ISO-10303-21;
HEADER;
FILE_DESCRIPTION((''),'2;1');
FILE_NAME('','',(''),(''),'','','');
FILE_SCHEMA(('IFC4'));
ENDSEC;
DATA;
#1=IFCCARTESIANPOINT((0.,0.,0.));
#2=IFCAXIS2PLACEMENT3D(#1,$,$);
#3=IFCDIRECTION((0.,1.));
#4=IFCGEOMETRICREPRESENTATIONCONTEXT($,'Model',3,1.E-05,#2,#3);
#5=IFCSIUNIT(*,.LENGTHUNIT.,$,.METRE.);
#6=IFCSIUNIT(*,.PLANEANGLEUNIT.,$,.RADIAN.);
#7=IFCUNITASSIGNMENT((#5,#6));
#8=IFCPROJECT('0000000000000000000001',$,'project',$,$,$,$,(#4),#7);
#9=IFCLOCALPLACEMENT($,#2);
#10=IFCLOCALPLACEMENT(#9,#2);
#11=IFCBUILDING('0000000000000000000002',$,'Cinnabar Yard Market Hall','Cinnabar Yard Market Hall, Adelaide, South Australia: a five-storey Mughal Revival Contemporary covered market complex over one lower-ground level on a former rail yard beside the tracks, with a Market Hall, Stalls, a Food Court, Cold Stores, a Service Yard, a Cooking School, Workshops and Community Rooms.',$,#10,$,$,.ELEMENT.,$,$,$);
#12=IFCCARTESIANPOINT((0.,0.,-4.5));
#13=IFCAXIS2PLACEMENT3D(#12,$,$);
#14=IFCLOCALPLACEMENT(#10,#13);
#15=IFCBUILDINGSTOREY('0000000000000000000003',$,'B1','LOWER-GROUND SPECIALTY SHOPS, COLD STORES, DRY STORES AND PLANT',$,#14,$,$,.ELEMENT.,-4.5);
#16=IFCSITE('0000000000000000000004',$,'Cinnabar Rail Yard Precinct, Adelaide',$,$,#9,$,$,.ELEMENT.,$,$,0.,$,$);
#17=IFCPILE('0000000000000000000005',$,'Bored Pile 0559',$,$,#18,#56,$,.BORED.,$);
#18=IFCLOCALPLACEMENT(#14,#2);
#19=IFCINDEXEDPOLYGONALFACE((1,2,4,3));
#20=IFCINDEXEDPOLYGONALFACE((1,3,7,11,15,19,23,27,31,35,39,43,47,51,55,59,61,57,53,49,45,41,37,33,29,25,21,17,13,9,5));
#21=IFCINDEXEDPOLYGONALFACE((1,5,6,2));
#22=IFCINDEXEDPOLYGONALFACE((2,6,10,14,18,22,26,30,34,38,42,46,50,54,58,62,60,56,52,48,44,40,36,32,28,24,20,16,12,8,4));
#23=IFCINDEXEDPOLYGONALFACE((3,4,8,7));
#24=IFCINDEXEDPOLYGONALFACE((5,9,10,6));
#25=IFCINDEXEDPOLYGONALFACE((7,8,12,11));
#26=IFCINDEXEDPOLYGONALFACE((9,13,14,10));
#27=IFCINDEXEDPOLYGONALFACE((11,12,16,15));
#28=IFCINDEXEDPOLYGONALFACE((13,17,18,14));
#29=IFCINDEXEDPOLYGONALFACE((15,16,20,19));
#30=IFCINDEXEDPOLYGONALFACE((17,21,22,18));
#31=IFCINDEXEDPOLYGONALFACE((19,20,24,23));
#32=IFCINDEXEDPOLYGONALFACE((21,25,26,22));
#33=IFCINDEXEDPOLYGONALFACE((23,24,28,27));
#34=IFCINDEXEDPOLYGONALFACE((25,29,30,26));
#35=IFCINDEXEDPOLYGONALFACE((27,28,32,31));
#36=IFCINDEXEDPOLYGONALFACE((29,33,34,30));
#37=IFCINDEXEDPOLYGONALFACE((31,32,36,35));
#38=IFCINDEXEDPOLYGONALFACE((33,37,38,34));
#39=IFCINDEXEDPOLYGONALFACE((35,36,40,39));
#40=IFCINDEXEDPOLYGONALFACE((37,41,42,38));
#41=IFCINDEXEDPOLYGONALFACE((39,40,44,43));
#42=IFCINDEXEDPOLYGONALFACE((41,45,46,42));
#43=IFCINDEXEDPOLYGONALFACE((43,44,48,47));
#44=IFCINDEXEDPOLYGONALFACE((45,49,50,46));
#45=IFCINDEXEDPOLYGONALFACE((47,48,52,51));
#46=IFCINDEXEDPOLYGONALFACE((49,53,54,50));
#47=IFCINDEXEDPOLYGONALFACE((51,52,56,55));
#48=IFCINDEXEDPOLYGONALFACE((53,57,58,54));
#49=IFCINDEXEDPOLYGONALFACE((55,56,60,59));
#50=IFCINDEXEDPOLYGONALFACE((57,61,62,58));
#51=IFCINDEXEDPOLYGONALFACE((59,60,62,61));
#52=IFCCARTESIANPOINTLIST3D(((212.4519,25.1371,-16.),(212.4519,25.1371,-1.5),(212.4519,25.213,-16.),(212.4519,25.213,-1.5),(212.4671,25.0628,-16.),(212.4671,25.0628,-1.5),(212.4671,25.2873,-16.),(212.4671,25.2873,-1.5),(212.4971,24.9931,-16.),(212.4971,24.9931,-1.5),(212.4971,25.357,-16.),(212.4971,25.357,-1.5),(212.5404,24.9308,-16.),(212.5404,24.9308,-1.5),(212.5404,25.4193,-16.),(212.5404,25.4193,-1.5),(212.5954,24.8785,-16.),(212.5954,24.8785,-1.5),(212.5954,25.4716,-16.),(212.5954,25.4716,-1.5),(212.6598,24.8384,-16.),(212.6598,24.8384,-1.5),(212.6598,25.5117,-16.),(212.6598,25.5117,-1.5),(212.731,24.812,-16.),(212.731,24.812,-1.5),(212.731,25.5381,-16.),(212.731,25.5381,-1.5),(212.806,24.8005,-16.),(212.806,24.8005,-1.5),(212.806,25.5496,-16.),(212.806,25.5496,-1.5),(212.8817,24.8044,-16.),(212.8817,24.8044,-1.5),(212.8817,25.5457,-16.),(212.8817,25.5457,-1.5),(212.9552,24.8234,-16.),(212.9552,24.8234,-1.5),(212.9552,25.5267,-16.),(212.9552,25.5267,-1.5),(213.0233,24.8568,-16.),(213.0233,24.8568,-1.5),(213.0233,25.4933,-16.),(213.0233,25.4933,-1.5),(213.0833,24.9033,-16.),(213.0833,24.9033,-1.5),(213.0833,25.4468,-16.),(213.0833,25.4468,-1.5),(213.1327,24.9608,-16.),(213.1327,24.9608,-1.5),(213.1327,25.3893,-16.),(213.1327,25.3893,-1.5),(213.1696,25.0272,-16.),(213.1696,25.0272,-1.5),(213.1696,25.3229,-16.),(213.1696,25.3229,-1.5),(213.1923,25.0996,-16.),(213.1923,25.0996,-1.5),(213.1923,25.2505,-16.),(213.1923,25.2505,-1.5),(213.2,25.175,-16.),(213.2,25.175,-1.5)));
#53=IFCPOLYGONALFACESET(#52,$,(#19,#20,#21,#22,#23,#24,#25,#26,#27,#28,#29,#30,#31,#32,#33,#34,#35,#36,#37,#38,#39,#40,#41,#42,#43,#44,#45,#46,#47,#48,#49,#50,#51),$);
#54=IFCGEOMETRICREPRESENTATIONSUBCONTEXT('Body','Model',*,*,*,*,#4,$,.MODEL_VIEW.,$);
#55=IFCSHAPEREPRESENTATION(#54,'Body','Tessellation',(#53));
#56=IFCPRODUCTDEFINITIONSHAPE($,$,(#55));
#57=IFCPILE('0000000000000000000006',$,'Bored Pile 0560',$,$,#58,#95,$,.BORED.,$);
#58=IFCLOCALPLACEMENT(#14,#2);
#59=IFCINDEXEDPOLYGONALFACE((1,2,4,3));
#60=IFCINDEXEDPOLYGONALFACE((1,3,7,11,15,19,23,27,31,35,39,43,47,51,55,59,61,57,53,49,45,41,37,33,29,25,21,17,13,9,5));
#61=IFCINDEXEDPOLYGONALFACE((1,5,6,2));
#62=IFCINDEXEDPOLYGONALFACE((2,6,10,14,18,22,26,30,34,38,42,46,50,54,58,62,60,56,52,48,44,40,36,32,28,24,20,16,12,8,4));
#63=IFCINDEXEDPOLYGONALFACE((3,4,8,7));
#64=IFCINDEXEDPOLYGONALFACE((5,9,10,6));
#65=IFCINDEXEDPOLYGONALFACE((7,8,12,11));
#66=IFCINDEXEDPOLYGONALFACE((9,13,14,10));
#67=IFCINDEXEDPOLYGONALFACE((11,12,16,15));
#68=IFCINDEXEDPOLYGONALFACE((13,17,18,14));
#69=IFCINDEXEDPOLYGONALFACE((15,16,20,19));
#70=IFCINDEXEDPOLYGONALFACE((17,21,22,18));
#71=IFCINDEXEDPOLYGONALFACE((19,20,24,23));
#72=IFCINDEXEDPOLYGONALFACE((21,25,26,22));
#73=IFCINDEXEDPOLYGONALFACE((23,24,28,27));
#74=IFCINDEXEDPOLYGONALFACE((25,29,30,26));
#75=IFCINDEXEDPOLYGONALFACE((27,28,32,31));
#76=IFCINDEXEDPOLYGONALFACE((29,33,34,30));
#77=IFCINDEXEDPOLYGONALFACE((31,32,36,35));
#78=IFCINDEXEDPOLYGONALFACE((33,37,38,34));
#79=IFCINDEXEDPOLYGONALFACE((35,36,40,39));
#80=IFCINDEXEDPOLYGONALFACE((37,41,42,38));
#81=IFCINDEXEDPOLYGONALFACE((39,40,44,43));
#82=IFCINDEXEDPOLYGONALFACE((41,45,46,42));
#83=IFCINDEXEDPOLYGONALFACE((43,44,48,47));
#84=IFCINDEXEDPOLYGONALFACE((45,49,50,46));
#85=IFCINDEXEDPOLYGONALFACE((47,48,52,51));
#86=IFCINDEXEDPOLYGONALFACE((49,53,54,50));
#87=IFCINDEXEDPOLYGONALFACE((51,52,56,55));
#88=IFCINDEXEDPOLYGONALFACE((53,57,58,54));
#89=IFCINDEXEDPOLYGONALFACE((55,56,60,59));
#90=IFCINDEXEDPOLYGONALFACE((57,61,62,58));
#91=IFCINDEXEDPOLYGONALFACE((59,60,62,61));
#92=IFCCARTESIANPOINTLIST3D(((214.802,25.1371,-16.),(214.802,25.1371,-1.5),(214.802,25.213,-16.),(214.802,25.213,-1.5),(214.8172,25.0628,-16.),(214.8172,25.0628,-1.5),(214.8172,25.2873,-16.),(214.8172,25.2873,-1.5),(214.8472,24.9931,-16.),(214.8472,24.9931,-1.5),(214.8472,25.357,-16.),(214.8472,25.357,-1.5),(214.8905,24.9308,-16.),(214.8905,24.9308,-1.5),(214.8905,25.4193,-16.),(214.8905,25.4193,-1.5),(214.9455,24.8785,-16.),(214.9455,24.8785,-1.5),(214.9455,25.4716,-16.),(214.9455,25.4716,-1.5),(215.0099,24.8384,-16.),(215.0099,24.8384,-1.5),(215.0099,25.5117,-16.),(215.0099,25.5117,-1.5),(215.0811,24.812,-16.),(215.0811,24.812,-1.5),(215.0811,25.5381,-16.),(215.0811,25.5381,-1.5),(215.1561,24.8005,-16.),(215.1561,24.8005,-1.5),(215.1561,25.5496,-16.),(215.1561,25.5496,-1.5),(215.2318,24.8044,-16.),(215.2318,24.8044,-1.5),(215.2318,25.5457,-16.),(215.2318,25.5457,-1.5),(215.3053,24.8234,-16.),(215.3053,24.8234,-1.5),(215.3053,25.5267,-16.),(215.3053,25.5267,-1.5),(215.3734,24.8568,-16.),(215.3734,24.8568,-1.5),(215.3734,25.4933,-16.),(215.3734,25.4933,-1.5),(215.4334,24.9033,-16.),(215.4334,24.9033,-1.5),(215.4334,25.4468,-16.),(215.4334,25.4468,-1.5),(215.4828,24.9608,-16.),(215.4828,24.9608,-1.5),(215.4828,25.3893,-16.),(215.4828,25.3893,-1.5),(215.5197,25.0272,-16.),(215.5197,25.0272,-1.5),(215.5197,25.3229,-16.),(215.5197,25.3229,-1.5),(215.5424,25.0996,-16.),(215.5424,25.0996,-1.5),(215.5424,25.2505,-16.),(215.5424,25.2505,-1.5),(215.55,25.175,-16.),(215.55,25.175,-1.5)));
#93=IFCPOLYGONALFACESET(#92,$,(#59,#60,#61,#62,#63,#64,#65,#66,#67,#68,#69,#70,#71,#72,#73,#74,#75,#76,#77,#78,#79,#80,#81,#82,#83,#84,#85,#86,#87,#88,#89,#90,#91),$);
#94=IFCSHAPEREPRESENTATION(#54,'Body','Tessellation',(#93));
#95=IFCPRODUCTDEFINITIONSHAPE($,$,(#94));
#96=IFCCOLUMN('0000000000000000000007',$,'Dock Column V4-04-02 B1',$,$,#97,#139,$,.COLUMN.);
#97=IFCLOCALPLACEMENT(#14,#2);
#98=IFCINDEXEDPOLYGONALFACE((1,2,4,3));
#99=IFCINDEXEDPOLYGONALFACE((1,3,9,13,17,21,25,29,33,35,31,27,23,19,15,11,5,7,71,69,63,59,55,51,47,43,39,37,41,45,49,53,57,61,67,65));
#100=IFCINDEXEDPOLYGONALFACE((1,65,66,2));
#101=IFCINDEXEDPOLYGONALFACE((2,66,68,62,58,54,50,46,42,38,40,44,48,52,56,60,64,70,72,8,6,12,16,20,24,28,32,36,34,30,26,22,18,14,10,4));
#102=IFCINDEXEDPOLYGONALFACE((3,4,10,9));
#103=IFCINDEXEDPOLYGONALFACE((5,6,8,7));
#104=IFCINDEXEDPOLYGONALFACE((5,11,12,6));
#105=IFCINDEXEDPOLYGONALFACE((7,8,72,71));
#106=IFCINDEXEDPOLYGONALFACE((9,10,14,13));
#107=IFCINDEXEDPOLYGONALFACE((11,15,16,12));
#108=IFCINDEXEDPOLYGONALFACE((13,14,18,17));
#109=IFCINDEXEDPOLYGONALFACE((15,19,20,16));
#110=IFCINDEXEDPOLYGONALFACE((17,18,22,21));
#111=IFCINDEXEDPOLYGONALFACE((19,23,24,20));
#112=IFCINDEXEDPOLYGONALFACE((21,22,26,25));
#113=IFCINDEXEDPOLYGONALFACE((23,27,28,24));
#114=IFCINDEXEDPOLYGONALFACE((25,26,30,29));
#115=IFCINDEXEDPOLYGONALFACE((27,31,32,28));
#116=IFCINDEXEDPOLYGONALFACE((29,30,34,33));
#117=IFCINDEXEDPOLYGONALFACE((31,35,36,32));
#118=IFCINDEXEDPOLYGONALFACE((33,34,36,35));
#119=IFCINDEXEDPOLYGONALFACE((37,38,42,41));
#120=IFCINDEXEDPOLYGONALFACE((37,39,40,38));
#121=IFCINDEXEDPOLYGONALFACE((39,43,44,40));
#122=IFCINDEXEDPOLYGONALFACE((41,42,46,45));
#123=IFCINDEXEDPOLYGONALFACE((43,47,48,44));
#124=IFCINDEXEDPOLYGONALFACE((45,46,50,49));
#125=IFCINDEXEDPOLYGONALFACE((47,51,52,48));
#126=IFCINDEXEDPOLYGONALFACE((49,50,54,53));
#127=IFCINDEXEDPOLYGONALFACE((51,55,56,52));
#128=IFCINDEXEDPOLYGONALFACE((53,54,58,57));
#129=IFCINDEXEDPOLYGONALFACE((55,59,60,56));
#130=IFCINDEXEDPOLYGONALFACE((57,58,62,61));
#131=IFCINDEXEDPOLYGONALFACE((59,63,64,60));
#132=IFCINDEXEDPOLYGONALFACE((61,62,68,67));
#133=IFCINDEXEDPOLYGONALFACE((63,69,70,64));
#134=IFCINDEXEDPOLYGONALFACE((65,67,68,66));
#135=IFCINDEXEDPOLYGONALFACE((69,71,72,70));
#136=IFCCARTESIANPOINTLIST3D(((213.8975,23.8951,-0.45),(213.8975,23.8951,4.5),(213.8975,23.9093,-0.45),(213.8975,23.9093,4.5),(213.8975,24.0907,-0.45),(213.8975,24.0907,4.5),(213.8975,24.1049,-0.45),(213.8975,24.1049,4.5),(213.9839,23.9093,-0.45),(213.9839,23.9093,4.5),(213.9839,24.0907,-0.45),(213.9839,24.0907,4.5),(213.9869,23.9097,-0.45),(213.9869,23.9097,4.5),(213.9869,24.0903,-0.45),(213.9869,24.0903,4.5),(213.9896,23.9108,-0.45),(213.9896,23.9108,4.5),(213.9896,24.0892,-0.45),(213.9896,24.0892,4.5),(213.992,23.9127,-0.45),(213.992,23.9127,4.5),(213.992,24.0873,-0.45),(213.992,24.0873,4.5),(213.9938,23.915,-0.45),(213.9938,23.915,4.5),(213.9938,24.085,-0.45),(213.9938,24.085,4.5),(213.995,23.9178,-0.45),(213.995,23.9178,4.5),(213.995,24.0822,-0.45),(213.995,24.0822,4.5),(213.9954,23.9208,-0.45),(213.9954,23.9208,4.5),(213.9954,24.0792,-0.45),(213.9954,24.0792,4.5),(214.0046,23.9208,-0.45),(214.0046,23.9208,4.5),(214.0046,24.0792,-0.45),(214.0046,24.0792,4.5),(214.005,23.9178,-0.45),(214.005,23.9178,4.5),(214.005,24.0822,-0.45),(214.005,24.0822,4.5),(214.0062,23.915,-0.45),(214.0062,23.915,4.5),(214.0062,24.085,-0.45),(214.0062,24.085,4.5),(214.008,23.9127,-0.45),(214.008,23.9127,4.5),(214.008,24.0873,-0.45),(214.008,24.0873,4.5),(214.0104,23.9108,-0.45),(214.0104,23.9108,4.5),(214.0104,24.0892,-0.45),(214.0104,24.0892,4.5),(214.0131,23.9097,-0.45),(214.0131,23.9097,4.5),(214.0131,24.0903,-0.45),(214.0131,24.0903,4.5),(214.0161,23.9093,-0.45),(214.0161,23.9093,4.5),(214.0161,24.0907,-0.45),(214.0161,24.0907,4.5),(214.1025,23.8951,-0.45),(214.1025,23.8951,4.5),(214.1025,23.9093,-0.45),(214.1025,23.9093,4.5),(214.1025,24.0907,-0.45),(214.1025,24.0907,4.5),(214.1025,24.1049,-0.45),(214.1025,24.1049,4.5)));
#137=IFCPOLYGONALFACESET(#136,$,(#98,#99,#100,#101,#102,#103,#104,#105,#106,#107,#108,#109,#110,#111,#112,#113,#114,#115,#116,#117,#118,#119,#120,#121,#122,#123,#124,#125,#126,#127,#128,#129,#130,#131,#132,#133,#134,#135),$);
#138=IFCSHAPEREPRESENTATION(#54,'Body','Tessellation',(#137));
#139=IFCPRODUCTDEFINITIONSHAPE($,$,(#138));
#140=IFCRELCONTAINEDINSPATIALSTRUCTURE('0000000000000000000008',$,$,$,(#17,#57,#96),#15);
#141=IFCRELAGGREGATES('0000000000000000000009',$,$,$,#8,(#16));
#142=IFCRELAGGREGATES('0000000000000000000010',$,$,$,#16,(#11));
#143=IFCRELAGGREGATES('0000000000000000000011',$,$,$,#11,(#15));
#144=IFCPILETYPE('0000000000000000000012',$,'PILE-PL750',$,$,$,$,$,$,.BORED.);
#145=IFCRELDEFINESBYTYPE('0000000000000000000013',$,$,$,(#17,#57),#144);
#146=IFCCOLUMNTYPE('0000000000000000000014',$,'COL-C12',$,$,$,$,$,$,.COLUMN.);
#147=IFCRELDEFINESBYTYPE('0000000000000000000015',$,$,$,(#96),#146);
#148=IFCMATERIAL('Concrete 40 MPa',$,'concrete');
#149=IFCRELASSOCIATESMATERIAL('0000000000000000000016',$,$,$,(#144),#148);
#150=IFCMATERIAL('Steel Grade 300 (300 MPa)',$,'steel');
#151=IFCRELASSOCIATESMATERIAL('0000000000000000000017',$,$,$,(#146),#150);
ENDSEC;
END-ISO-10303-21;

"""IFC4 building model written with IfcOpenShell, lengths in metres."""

from ifc_helpers import new_model, si_unit, direction, frame, origin, origin_2d_with_axis, place, context, subcontext, project, spatial, circle, i_section, extrude, material, material_profile, profile_set, type_object, element, save


model = new_model("IFC4")

# Units and contexts
model_context = context("Model", 3, precision=1e-05, world=origin(), true_north=direction((0.0, 1.0)))
body_context = subcontext(model_context, "Body", "Model", "MODEL_VIEW")
ifc_project = project(units=[si_unit("LENGTHUNIT", "METRE"), si_unit("PLANEANGLEUNIT", "RADIAN")], contexts=[model_context])

# Site, building, storey
site_placement = place(None, origin())
site = spatial("IfcSite", under=ifc_project, at=site_placement, Name="Cinnabar Rail Yard Precinct, Adelaide", CompositionType="ELEMENT", RefElevation=0.0)
building_placement = place(site_placement, origin())
building = spatial("IfcBuilding", under=site, at=building_placement, Name="Cinnabar Yard Market Hall", Description="Cinnabar Yard Market Hall, Adelaide, South Australia: a five-storey Mughal Revival Contemporary covered market complex over one lower-ground level on a former rail yard beside the tracks, with a Market Hall, Stalls, a Food Court, Cold Stores, a Service Yard, a Cooking School, Workshops and Community Rooms.", CompositionType="ELEMENT")
storey_placement = place(building_placement, frame((0.0, 0.0, -4.5)))
storey = spatial("IfcBuildingStorey", under=building, at=storey_placement, Name="B1", Description="LOWER-GROUND SPECIALTY SHOPS, COLD STORES, DRY STORES AND PLANT", CompositionType="ELEMENT", Elevation=-4.5)

# Shared definitions
ifc_material_1 = material(Name="Concrete 40 MPa", Category="concrete")

# Piles
ifc_material_profile_1 = material_profile(ifc_material_1, circle(Radius=0.375, at=origin_2d_with_axis()), Name="PILE-D750")
ifc_profile_set_1 = profile_set([ifc_material_profile_1], Name="Concrete 40 MPa")
pile_type = type_object("IfcPileType", Name="PILE-PL750", PredefinedType="BORED", material=ifc_profile_set_1)
for number, where, z_axis, x_axis, name in (
    (1, (212.825, 25.175, -1.5), (0.0, 0.0, -1.0), (1.0, 0.0, 0.0), "Bored Pile 0559"),
    (2, (215.175, 25.175, -1.5), (0.0, 0.0, -1.0), (1.0, 0.0, 0.0), "Bored Pile 0560"),
):
    element("IfcPile", number, at=place(storey_placement, frame(where, z_axis=z_axis, x_axis=x_axis)), inside=storey, type_object=pile_type, Name=name, PredefinedType="BORED", context=body_context, shape_type="SweptSolid", body=[
        extrude(circle(Radius=0.375, at=origin_2d_with_axis()), origin(), (0.0, 0.0, 1.0), 14.5),
    ])

# Column
ifc_material_2 = material(Name="Steel Grade 300 (300 MPa)", Category="steel")
ifc_material_profile_2 = material_profile(ifc_material_2, i_section(OverallWidth=0.2051, OverallDepth=0.2097, WebThickness=0.0093, FlangeThickness=0.0142, FilletRadius=0.0115, at=origin_2d_with_axis()), Name="200UC59.5")
ifc_profile_set_2 = profile_set([ifc_material_profile_2], Name="Steel Grade 300 (300 MPa)")
column_type_1 = type_object("IfcColumnType", Name="COL-C12", PredefinedType="COLUMN", material=ifc_profile_set_2)
column_1_placement = place(storey_placement, frame((214.0, 24.0, -0.45), z_axis=(0.0, 0.0, 1.0), x_axis=(1.0, 0.0, 0.0)))
element("IfcColumn", 3, at=column_1_placement, inside=storey, type_object=column_type_1, Name="Dock Column V4-04-02 B1", PredefinedType="COLUMN", context=body_context, shape_type="SweptSolid", body=[
    extrude(i_section(OverallWidth=0.2051, OverallDepth=0.2097, WebThickness=0.0093, FlangeThickness=0.0142, FilletRadius=0.0115, at=origin_2d_with_axis()), origin(), (0.0, 0.0, 1.0), 4.95),
])

save(model, "model.ifc")
